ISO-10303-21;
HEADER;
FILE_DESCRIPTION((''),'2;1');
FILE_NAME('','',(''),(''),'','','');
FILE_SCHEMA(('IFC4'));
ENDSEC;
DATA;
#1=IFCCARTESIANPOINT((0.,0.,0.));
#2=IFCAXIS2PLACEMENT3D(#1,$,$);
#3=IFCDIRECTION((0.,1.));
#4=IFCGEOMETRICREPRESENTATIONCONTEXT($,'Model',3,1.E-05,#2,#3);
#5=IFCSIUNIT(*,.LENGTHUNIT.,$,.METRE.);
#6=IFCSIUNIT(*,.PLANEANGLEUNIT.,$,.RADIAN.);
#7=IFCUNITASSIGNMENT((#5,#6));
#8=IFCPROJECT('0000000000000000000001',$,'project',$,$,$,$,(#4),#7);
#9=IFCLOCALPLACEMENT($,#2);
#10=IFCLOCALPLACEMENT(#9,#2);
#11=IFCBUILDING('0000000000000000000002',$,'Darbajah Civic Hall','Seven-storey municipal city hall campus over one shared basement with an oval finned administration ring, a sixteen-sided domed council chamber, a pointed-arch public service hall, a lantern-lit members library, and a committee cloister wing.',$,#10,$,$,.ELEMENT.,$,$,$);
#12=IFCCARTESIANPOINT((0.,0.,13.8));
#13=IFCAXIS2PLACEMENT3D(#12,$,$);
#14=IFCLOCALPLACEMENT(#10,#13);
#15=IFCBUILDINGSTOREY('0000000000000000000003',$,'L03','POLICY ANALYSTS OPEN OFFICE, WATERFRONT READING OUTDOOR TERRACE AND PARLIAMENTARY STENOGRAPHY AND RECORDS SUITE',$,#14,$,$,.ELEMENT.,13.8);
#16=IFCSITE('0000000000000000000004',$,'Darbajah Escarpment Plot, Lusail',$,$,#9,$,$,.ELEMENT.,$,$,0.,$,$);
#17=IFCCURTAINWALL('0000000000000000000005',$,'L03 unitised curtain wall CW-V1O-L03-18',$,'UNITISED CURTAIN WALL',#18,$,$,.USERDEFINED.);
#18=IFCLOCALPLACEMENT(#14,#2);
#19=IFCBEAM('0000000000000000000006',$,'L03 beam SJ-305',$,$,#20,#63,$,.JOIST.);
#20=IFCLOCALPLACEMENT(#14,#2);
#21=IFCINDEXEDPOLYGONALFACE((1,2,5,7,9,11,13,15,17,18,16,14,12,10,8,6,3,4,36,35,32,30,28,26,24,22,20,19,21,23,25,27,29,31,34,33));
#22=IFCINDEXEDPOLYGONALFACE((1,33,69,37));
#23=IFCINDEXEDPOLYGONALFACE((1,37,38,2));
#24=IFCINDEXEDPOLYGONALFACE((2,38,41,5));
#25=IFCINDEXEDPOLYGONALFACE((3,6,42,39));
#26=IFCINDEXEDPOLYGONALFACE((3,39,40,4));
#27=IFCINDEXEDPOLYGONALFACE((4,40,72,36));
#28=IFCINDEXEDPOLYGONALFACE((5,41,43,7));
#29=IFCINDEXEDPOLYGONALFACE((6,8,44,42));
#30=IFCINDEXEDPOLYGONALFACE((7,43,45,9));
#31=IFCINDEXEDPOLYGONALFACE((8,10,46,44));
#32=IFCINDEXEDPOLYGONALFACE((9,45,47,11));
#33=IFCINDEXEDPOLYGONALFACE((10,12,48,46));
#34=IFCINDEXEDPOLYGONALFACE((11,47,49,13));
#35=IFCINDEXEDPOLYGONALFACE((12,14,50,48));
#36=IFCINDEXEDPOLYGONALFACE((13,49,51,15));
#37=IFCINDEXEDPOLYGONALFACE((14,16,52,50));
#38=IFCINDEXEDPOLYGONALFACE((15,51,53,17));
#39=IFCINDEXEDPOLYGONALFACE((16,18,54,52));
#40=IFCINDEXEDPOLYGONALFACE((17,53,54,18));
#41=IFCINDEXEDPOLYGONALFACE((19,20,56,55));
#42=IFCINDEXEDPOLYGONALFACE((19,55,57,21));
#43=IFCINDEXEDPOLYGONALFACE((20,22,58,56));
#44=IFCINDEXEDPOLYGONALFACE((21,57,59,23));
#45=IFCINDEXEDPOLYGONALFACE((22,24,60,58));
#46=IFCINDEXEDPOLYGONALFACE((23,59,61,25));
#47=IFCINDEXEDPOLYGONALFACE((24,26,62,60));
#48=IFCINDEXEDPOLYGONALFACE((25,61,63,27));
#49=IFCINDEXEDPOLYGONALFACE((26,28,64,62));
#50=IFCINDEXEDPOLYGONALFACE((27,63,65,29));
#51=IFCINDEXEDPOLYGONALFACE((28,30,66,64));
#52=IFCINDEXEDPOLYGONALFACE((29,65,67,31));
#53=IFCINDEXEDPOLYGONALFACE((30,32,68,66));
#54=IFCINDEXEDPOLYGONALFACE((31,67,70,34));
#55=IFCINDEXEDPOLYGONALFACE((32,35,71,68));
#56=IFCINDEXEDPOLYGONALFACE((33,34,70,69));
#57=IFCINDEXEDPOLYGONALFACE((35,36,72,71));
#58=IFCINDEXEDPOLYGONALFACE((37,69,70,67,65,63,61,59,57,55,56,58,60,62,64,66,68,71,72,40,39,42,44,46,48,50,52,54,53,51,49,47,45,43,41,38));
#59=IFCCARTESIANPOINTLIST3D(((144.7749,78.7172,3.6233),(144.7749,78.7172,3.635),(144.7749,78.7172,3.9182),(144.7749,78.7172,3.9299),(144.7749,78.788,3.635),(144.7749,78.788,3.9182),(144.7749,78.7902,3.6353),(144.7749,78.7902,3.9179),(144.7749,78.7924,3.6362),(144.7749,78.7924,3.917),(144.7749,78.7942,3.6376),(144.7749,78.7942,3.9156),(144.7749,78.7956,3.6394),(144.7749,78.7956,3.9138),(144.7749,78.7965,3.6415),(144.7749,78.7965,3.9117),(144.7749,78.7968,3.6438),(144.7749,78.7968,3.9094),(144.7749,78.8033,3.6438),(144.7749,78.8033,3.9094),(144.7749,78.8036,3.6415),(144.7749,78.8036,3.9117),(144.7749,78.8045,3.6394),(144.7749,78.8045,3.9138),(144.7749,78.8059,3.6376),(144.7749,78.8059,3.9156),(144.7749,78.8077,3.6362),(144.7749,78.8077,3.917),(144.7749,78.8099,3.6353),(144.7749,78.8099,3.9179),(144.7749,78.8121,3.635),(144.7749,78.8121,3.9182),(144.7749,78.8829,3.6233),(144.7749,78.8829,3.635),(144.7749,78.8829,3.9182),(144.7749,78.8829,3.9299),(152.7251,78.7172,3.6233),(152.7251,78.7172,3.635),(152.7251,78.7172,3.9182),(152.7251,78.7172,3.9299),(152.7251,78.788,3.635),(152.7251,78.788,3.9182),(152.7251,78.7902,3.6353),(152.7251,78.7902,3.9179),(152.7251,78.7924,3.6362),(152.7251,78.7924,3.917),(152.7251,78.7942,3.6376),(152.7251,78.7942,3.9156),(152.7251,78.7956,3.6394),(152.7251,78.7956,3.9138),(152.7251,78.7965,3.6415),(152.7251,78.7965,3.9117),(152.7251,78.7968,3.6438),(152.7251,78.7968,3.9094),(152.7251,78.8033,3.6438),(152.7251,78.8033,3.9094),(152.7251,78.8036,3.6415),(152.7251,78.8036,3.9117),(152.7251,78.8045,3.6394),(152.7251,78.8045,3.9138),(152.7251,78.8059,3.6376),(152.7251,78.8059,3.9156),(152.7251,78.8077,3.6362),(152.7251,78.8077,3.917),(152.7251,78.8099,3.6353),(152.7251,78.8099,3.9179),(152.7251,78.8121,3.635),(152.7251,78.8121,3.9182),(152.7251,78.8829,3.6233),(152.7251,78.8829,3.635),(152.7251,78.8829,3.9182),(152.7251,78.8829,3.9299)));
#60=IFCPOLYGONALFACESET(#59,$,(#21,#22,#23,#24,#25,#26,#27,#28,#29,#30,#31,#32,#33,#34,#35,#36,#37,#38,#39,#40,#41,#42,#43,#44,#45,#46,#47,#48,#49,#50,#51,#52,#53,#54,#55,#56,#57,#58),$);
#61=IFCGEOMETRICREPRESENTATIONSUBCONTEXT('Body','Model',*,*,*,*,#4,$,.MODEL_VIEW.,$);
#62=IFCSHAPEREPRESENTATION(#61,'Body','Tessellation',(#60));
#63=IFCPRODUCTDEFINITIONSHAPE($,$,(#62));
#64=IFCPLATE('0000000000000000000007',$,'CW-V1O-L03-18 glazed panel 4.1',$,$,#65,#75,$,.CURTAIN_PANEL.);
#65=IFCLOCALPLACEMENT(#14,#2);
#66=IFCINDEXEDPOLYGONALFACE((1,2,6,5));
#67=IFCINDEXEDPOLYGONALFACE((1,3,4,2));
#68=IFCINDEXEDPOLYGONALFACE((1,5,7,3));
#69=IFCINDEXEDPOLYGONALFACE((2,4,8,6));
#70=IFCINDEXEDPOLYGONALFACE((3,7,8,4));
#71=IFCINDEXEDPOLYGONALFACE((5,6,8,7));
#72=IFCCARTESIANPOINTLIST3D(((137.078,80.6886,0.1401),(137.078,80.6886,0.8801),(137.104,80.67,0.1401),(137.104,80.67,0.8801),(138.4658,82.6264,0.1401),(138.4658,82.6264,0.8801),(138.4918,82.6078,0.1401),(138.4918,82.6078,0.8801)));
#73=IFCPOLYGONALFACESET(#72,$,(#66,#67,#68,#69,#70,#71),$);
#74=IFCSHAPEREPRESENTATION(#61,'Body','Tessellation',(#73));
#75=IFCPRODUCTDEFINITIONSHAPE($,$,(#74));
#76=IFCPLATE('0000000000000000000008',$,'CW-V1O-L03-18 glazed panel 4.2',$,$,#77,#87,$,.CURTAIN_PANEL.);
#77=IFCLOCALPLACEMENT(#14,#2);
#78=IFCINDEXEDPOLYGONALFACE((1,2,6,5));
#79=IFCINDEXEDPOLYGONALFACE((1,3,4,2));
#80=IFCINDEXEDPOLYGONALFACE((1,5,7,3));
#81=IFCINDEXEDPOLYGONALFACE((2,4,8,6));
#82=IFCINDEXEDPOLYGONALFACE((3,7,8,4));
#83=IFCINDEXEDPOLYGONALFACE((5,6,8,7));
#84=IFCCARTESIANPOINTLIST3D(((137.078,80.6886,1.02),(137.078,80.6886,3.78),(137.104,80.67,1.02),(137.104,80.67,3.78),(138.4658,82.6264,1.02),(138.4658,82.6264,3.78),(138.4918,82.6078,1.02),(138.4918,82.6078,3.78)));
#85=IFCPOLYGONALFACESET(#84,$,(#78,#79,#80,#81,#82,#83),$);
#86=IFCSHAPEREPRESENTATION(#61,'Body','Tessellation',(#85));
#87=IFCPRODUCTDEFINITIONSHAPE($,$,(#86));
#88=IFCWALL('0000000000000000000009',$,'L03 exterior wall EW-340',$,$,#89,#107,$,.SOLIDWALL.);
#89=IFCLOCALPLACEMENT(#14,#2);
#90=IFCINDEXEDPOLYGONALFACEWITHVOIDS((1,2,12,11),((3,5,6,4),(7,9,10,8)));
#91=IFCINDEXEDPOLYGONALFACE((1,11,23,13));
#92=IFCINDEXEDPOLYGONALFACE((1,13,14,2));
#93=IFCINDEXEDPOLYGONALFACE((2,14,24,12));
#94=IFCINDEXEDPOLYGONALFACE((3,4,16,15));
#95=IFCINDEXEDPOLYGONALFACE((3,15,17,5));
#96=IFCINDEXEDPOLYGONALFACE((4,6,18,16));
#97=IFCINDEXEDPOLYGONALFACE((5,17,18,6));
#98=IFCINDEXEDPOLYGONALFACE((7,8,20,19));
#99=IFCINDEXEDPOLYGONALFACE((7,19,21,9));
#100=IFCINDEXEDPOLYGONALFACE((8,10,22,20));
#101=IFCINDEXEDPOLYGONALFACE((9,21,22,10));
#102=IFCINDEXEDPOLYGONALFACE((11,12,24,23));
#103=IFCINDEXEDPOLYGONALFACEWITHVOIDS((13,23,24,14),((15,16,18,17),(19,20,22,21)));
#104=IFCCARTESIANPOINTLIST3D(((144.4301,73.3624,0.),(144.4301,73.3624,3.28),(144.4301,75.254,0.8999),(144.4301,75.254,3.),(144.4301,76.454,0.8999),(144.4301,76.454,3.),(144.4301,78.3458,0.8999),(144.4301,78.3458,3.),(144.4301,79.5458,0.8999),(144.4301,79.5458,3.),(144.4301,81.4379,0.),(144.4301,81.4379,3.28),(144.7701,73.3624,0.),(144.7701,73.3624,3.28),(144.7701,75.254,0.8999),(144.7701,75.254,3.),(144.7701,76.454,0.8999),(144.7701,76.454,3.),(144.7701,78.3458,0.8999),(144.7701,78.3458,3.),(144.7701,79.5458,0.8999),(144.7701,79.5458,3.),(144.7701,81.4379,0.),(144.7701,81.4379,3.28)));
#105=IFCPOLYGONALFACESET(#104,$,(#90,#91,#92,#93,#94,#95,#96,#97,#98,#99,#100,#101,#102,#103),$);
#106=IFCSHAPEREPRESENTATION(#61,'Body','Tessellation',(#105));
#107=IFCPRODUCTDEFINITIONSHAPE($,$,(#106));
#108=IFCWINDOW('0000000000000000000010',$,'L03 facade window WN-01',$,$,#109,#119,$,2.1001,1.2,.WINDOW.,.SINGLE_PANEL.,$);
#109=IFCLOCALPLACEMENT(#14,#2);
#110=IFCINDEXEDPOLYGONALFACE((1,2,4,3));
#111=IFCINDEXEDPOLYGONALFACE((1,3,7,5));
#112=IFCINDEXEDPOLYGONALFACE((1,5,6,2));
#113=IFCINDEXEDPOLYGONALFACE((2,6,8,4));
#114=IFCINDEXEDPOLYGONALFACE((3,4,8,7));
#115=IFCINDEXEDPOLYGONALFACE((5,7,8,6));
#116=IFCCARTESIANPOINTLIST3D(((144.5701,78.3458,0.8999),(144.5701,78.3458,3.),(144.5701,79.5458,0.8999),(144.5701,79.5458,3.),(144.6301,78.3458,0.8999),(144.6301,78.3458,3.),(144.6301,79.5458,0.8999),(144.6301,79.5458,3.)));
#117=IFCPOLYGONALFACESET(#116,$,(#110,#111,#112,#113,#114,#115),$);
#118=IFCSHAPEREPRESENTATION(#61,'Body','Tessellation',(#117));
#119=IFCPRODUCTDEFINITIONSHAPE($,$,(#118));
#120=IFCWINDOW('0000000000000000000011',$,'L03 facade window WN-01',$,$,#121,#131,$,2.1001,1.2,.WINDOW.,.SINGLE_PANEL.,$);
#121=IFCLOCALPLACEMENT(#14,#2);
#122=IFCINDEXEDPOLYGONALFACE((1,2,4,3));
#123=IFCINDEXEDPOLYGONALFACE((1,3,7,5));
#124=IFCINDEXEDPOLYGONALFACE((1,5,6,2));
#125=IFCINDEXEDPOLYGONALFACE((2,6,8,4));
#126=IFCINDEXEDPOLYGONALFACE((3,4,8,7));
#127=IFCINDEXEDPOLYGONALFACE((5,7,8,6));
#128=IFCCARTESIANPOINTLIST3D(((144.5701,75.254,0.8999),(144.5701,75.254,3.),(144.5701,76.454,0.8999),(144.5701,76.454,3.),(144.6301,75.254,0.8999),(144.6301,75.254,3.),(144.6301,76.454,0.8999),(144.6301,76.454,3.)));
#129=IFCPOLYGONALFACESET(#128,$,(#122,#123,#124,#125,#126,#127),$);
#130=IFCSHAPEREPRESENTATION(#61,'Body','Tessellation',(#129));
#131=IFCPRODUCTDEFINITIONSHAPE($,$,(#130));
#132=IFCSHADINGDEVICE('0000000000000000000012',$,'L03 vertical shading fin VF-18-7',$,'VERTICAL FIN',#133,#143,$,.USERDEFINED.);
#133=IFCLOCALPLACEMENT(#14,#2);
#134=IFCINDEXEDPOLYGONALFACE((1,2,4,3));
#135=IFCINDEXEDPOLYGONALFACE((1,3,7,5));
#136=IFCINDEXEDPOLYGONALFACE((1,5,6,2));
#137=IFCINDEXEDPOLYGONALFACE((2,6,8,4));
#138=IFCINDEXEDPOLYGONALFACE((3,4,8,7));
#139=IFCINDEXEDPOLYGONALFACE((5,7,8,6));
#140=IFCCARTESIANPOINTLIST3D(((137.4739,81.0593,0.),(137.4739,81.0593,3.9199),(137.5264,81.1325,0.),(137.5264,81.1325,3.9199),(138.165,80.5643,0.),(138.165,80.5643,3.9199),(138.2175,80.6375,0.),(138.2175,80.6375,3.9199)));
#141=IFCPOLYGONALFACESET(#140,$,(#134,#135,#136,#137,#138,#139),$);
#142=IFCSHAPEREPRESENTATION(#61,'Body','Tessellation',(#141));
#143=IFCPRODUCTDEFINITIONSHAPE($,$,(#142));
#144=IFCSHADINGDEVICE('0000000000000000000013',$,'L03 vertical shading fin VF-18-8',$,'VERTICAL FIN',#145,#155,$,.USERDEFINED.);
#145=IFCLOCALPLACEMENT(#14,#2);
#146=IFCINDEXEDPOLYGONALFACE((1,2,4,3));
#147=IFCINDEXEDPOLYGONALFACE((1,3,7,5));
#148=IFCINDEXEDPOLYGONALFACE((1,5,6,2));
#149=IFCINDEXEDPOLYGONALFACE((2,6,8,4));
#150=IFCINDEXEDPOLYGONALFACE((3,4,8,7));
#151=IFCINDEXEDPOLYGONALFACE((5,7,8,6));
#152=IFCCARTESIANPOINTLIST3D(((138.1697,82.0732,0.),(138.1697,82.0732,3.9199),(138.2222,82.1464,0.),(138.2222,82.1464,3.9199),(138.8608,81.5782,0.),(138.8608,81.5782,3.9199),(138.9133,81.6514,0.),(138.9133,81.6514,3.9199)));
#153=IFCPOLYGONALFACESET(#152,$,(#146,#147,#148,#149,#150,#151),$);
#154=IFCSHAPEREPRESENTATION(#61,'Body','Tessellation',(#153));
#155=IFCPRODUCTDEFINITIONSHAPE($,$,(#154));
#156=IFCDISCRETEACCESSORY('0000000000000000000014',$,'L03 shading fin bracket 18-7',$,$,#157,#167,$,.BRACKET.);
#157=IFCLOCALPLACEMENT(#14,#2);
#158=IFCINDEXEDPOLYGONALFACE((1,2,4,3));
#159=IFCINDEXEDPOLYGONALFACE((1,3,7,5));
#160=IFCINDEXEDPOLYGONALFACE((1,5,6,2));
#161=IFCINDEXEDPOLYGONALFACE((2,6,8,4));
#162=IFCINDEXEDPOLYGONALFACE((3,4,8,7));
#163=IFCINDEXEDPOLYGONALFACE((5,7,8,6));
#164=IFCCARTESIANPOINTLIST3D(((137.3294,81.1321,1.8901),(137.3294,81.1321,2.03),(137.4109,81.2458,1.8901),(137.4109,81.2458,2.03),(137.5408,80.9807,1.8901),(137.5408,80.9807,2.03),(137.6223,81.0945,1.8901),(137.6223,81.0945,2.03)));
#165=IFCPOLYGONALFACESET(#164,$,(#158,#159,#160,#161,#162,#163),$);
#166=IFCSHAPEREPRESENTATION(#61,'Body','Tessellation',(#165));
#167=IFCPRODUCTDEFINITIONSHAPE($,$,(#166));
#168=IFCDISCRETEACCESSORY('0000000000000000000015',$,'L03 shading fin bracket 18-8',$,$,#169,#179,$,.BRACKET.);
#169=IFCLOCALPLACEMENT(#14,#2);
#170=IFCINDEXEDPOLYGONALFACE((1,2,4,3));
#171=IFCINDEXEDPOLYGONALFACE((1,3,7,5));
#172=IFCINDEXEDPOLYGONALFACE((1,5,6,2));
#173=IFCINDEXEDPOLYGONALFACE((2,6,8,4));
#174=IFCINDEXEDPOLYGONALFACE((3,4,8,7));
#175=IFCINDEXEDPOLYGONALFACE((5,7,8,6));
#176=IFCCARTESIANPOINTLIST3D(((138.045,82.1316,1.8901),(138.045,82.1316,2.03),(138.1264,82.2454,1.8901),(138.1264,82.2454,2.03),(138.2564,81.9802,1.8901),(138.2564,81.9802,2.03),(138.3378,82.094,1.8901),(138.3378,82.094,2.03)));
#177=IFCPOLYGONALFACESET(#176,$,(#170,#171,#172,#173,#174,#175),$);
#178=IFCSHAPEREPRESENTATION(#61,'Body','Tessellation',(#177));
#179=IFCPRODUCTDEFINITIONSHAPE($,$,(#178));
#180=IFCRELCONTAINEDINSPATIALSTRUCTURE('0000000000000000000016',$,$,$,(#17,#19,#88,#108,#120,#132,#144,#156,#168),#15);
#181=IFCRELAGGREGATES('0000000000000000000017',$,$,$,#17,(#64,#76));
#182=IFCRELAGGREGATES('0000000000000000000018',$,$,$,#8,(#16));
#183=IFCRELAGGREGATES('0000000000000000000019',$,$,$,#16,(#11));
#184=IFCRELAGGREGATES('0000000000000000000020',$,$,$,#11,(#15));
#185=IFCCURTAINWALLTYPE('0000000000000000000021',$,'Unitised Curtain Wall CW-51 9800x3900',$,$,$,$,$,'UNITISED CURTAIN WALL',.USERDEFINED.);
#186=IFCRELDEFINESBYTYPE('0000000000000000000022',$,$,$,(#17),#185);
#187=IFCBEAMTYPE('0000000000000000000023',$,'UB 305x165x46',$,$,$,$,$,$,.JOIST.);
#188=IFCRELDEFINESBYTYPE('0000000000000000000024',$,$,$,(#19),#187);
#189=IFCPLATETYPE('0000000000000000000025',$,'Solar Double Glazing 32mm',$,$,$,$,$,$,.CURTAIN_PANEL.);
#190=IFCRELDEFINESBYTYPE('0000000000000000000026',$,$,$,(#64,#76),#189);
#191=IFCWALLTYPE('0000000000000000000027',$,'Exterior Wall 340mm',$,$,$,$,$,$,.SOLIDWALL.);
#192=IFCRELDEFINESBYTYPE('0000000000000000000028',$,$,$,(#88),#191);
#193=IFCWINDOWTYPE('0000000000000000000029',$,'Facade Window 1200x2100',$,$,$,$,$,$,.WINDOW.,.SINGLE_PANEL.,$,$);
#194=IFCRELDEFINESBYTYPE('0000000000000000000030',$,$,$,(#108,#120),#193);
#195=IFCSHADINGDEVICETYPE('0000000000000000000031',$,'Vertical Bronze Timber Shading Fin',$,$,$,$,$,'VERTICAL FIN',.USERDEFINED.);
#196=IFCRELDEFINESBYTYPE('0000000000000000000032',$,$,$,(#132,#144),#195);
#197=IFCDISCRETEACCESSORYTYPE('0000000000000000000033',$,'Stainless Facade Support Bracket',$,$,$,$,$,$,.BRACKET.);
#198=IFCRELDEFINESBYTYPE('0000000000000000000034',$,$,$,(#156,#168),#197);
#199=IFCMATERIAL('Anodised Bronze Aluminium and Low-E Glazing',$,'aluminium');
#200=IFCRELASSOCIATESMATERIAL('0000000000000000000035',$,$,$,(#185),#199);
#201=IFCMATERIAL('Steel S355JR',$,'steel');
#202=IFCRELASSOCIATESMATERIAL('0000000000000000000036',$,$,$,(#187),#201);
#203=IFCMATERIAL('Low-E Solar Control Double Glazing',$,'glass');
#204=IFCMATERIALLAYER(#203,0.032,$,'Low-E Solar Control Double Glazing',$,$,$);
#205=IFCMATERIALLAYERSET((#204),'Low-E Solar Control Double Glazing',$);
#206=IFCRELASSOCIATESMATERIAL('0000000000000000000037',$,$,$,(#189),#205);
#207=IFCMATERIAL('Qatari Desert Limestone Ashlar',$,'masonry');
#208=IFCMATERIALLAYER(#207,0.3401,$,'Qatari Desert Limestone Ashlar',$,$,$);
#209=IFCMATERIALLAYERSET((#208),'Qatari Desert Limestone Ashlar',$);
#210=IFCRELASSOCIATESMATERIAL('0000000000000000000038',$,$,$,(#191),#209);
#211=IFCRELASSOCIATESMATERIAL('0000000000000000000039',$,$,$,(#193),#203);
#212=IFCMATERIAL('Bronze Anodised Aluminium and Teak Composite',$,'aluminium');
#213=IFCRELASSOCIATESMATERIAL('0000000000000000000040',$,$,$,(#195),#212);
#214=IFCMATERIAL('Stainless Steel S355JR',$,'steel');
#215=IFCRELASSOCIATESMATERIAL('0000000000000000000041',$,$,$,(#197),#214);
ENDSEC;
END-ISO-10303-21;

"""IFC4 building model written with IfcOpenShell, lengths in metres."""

from ifc_helpers import new_model, si_unit, direction, frame, frame_2d, origin, origin_2d, place, context, subcontext, project, spatial, rectangle, i_section, extrude, material, layer, layer_set, material_profile, profile_set, type_object, element, fill, aggregate, save


model = new_model("IFC4")

# Units and contexts
model_context = context("Model", 3, precision=1e-05, world=origin(), true_north=direction((0.0, 1.0)))
body_context = subcontext(model_context, "Body", "Model", "MODEL_VIEW")
ifc_project = project(units=[si_unit("LENGTHUNIT", "METRE"), si_unit("PLANEANGLEUNIT", "RADIAN")], contexts=[model_context])

# Site, building, storey
site_placement = place(None, origin())
site = spatial("IfcSite", under=ifc_project, at=site_placement, Name="Darbajah Escarpment Plot, Lusail", CompositionType="ELEMENT", RefElevation=0.0)
building_placement = place(site_placement, origin())
building = spatial("IfcBuilding", under=site, at=building_placement, Name="Darbajah Civic Hall", Description="Seven-storey municipal city hall campus over one shared basement with an oval finned administration ring, a sixteen-sided domed council chamber, a pointed-arch public service hall, a lantern-lit members library, and a committee cloister wing.", CompositionType="ELEMENT")
storey_placement = place(building_placement, frame((0.0, 0.0, 13.8)))
storey = spatial("IfcBuildingStorey", under=building, at=storey_placement, Name="L03", Description="POLICY ANALYSTS OPEN OFFICE, WATERFRONT READING OUTDOOR TERRACE AND PARLIAMENTARY STENOGRAPHY AND RECORDS SUITE", CompositionType="ELEMENT", Elevation=13.8)

# Shared definitions
ifc_material_1 = material(Name="Steel S355JR", Category="steel")

# Curtain wall
ifc_material_2 = material(Name="Anodised Bronze Aluminium and Low-E Glazing", Category="aluminium")
curtain_wall_type = type_object("IfcCurtainWallType", Name="Unitised Curtain Wall CW-51 9800x3900", ElementType="UNITISED CURTAIN WALL", PredefinedType="USERDEFINED", material=ifc_material_2)
curtain_wall_placement = place(storey_placement, origin())
curtain_wall = element("IfcCurtainWall", 1, at=curtain_wall_placement, inside=storey, type_object=curtain_wall_type, Name="L03 unitised curtain wall CW-V1O-L03-18", ObjectType="UNITISED CURTAIN WALL", PredefinedType="USERDEFINED")

# Beam
ifc_material_profile_1 = material_profile(ifc_material_1, i_section(OverallWidth=0.1658, OverallDepth=0.3066, WebThickness=0.0066, FlangeThickness=0.0117, FilletRadius=0.0088, at=origin_2d()), Name="UB 305x165x46")
ifc_profile_set_1 = profile_set([ifc_material_profile_1], Name="Steel S355JR")
beam_type_1 = type_object("IfcBeamType", Name="UB 305x165x46", PredefinedType="JOIST", material=ifc_profile_set_1)
for number, where, z_axis, x_axis, name in (
    (2, (144.7749, 78.8, 3.7766), (1.0, 0.0, 0.0), (0.0, 1.0, 0.0), "L03 beam SJ-305"),
):
    element("IfcBeam", number, at=place(storey_placement, frame(where, z_axis=z_axis, x_axis=x_axis)), inside=storey, type_object=beam_type_1, Name=name, PredefinedType="JOIST", context=body_context, shape_type="SweptSolid", body=[
        extrude(i_section(OverallWidth=0.1658, OverallDepth=0.3066, WebThickness=0.0066, FlangeThickness=0.0117, FilletRadius=0.0088, at=origin_2d()), origin(), (0.0, 0.0, 1.0), 7.9502),
    ])

# Plates
ifc_material_3 = material(Name="Low-E Solar Control Double Glazing", Category="glass")
ifc_layer_1 = layer(ifc_material_3, 0.032, Name="Low-E Solar Control Double Glazing")
ifc_layer_set_1 = layer_set([ifc_layer_1], Name="Low-E Solar Control Double Glazing")
plate_type = type_object("IfcPlateType", Name="Solar Double Glazing 32mm", PredefinedType="CURTAIN_PANEL", material=ifc_layer_set_1)
plate_1_placement = place(storey_placement, frame((137.7849, 81.6482, 0.1401), z_axis=(0.0, 0.0, 1.0), x_axis=(0.582265, 0.812999, 0.0)))
plate_1 = element("IfcPlate", 3, at=plate_1_placement, type_object=plate_type, Name="CW-V1O-L03-18 glazed panel 4.1", PredefinedType="CURTAIN_PANEL", context=body_context, shape_type="SweptSolid", body=[
    extrude(rectangle(XDim=2.3835, YDim=0.032, at=origin_2d()), origin(), (0.0, 0.0, 1.0), 0.74),
])
plate_2_placement = place(storey_placement, frame((137.7849, 81.6482, 1.02), z_axis=(0.0, 0.0, 1.0), x_axis=(0.582265, 0.812999, 0.0)))
plate_2 = element("IfcPlate", 4, at=plate_2_placement, type_object=plate_type, Name="CW-V1O-L03-18 glazed panel 4.2", PredefinedType="CURTAIN_PANEL", context=body_context, shape_type="SweptSolid", body=[
    extrude(rectangle(XDim=2.3835, YDim=0.032, at=origin_2d()), origin(), (0.0, 0.0, 1.0), 2.76),
])
aggregate(curtain_wall, [plate_1, plate_2])

# Wall, openings, windows
ifc_material_4 = material(Name="Qatari Desert Limestone Ashlar", Category="masonry")
ifc_layer_2 = layer(ifc_material_4, 0.3401, Name="Qatari Desert Limestone Ashlar")
ifc_layer_set_2 = layer_set([ifc_layer_2], Name="Qatari Desert Limestone Ashlar")
wall_type = type_object("IfcWallType", Name="Exterior Wall 340mm", PredefinedType="SOLIDWALL", material=ifc_layer_set_2)
wall_placement = place(storey_placement, frame((144.6001, 81.4377, 0.0), z_axis=(0.0, 0.0, 1.0), x_axis=(0.0, -1.0, 0.0)))
wall = element("IfcWall", 5, at=wall_placement, inside=storey, type_object=wall_type, Name="L03 exterior wall EW-340", PredefinedType="SOLIDWALL", context=body_context, shape_type="SweptSolid", body=[
    extrude(rectangle(XDim=8.0754, YDim=0.3401, at=frame_2d((4.0376, 0.0))), origin(), (0.0, 0.0, 1.0), 3.28),
])
opening_1_placement = place(wall_placement, frame((1.8918, 0.0, 0.8999)))
opening_1 = element("IfcOpeningElement", 6, at=opening_1_placement, cuts=wall, PredefinedType="OPENING", context=body_context, shape_type="SweptSolid", body=[
    extrude(rectangle(XDim=1.2, YDim=2.1001, at=frame_2d((0.6001, 1.05))), frame((0.0, 0.1799, 0.0), z_axis=(0.0, -1.0, 0.0), x_axis=(1.0, 0.0, 0.0)), (0.0, 0.0, 1.0), 0.3601),
])
opening_2_placement = place(wall_placement, frame((4.9836, 0.0, 0.8999)))
opening_2 = element("IfcOpeningElement", 7, at=opening_2_placement, cuts=wall, PredefinedType="OPENING", context=body_context, shape_type="SweptSolid", body=[
    extrude(rectangle(XDim=1.2, YDim=2.1001, at=frame_2d((0.6001, 1.05))), frame((0.0, 0.1799, 0.0), z_axis=(0.0, -1.0, 0.0), x_axis=(1.0, 0.0, 0.0)), (0.0, 0.0, 1.0), 0.3601),
])
window_type = type_object("IfcWindowType", Name="Facade Window 1200x2100", PartitioningType="SINGLE_PANEL", PredefinedType="WINDOW", material=ifc_material_3)
window_1_placement = place(opening_1_placement, origin())
window_1 = element("IfcWindow", 8, at=window_1_placement, inside=storey, type_object=window_type, Name="L03 facade window WN-01", OverallHeight=2.1001, OverallWidth=1.2, PartitioningType="SINGLE_PANEL", PredefinedType="WINDOW", context=body_context, shape_type="SweptSolid", body=[
    extrude(rectangle(XDim=1.2, YDim=2.1001, at=frame_2d((0.6001, 1.05))), frame((0.0, 0.03, 0.0), z_axis=(0.0, -1.0, 0.0), x_axis=(1.0, 0.0, 0.0)), (0.0, 0.0, 1.0), 0.0601),
])
fill(opening_1, window_1)
window_2_placement = place(opening_2_placement, origin())
window_2 = element("IfcWindow", 9, at=window_2_placement, inside=storey, type_object=window_type, Name="L03 facade window WN-01", OverallHeight=2.1001, OverallWidth=1.2, PartitioningType="SINGLE_PANEL", PredefinedType="WINDOW", context=body_context, shape_type="SweptSolid", body=[
    extrude(rectangle(XDim=1.2, YDim=2.1001, at=frame_2d((0.6001, 1.05))), frame((0.0, 0.03, 0.0), z_axis=(0.0, -1.0, 0.0), x_axis=(1.0, 0.0, 0.0)), (0.0, 0.0, 1.0), 0.0601),
])
fill(opening_2, window_2)

# Shading devices
ifc_material_5 = material(Name="Bronze Anodised Aluminium and Teak Composite", Category="aluminium")
shading_device_type = type_object("IfcShadingDeviceType", Name="Vertical Bronze Timber Shading Fin", ElementType="VERTICAL FIN", PredefinedType="USERDEFINED", material=ifc_material_5)
for number, where, z_axis, x_axis, name in (
    (10, (137.8457, 80.8484, 0.0), (0.0, 0.0, 1.0), (0.812999, -0.582265, 0.0), "L03 vertical shading fin VF-18-7"),
    (11, (138.5415, 81.8623, 0.0), (0.0, 0.0, 1.0), (0.812999, -0.582265, 0.0), "L03 vertical shading fin VF-18-8"),
):
    element("IfcShadingDevice", number, at=place(storey_placement, frame(where, z_axis=z_axis, x_axis=x_axis)), inside=storey, type_object=shading_device_type, Name=name, ObjectType="VERTICAL FIN", PredefinedType="USERDEFINED", context=body_context, shape_type="SweptSolid", body=[
        extrude(rectangle(XDim=0.8501, YDim=0.0901, at=origin_2d()), origin(), (0.0, 0.0, 1.0), 3.9199),
    ])

# Discrete accessories
ifc_material_6 = material(Name="Stainless Steel S355JR", Category="steel")
discrete_accessory_type = type_object("IfcDiscreteAccessoryType", Name="Stainless Facade Support Bracket", PredefinedType="BRACKET", material=ifc_material_6)
for number, where, z_axis, x_axis, name in (
    (12, (137.4758, 81.1133, 1.8901), (0.0, 0.0, 1.0), (0.812999, -0.582265, 0.0), "L03 shading fin bracket 18-7"),
    (13, (138.1914, 82.1128, 1.8901), (0.0, 0.0, 1.0), (0.812999, -0.582265, 0.0), "L03 shading fin bracket 18-8"),
):
    element("IfcDiscreteAccessory", number, at=place(storey_placement, frame(where, z_axis=z_axis, x_axis=x_axis)), inside=storey, type_object=discrete_accessory_type, Name=name, PredefinedType="BRACKET", context=body_context, shape_type="SweptSolid", body=[
        extrude(rectangle(XDim=0.26, YDim=0.1399, at=origin_2d()), origin(), (0.0, 0.0, 1.0), 0.1399),
    ])

save(model, "model.ifc")
